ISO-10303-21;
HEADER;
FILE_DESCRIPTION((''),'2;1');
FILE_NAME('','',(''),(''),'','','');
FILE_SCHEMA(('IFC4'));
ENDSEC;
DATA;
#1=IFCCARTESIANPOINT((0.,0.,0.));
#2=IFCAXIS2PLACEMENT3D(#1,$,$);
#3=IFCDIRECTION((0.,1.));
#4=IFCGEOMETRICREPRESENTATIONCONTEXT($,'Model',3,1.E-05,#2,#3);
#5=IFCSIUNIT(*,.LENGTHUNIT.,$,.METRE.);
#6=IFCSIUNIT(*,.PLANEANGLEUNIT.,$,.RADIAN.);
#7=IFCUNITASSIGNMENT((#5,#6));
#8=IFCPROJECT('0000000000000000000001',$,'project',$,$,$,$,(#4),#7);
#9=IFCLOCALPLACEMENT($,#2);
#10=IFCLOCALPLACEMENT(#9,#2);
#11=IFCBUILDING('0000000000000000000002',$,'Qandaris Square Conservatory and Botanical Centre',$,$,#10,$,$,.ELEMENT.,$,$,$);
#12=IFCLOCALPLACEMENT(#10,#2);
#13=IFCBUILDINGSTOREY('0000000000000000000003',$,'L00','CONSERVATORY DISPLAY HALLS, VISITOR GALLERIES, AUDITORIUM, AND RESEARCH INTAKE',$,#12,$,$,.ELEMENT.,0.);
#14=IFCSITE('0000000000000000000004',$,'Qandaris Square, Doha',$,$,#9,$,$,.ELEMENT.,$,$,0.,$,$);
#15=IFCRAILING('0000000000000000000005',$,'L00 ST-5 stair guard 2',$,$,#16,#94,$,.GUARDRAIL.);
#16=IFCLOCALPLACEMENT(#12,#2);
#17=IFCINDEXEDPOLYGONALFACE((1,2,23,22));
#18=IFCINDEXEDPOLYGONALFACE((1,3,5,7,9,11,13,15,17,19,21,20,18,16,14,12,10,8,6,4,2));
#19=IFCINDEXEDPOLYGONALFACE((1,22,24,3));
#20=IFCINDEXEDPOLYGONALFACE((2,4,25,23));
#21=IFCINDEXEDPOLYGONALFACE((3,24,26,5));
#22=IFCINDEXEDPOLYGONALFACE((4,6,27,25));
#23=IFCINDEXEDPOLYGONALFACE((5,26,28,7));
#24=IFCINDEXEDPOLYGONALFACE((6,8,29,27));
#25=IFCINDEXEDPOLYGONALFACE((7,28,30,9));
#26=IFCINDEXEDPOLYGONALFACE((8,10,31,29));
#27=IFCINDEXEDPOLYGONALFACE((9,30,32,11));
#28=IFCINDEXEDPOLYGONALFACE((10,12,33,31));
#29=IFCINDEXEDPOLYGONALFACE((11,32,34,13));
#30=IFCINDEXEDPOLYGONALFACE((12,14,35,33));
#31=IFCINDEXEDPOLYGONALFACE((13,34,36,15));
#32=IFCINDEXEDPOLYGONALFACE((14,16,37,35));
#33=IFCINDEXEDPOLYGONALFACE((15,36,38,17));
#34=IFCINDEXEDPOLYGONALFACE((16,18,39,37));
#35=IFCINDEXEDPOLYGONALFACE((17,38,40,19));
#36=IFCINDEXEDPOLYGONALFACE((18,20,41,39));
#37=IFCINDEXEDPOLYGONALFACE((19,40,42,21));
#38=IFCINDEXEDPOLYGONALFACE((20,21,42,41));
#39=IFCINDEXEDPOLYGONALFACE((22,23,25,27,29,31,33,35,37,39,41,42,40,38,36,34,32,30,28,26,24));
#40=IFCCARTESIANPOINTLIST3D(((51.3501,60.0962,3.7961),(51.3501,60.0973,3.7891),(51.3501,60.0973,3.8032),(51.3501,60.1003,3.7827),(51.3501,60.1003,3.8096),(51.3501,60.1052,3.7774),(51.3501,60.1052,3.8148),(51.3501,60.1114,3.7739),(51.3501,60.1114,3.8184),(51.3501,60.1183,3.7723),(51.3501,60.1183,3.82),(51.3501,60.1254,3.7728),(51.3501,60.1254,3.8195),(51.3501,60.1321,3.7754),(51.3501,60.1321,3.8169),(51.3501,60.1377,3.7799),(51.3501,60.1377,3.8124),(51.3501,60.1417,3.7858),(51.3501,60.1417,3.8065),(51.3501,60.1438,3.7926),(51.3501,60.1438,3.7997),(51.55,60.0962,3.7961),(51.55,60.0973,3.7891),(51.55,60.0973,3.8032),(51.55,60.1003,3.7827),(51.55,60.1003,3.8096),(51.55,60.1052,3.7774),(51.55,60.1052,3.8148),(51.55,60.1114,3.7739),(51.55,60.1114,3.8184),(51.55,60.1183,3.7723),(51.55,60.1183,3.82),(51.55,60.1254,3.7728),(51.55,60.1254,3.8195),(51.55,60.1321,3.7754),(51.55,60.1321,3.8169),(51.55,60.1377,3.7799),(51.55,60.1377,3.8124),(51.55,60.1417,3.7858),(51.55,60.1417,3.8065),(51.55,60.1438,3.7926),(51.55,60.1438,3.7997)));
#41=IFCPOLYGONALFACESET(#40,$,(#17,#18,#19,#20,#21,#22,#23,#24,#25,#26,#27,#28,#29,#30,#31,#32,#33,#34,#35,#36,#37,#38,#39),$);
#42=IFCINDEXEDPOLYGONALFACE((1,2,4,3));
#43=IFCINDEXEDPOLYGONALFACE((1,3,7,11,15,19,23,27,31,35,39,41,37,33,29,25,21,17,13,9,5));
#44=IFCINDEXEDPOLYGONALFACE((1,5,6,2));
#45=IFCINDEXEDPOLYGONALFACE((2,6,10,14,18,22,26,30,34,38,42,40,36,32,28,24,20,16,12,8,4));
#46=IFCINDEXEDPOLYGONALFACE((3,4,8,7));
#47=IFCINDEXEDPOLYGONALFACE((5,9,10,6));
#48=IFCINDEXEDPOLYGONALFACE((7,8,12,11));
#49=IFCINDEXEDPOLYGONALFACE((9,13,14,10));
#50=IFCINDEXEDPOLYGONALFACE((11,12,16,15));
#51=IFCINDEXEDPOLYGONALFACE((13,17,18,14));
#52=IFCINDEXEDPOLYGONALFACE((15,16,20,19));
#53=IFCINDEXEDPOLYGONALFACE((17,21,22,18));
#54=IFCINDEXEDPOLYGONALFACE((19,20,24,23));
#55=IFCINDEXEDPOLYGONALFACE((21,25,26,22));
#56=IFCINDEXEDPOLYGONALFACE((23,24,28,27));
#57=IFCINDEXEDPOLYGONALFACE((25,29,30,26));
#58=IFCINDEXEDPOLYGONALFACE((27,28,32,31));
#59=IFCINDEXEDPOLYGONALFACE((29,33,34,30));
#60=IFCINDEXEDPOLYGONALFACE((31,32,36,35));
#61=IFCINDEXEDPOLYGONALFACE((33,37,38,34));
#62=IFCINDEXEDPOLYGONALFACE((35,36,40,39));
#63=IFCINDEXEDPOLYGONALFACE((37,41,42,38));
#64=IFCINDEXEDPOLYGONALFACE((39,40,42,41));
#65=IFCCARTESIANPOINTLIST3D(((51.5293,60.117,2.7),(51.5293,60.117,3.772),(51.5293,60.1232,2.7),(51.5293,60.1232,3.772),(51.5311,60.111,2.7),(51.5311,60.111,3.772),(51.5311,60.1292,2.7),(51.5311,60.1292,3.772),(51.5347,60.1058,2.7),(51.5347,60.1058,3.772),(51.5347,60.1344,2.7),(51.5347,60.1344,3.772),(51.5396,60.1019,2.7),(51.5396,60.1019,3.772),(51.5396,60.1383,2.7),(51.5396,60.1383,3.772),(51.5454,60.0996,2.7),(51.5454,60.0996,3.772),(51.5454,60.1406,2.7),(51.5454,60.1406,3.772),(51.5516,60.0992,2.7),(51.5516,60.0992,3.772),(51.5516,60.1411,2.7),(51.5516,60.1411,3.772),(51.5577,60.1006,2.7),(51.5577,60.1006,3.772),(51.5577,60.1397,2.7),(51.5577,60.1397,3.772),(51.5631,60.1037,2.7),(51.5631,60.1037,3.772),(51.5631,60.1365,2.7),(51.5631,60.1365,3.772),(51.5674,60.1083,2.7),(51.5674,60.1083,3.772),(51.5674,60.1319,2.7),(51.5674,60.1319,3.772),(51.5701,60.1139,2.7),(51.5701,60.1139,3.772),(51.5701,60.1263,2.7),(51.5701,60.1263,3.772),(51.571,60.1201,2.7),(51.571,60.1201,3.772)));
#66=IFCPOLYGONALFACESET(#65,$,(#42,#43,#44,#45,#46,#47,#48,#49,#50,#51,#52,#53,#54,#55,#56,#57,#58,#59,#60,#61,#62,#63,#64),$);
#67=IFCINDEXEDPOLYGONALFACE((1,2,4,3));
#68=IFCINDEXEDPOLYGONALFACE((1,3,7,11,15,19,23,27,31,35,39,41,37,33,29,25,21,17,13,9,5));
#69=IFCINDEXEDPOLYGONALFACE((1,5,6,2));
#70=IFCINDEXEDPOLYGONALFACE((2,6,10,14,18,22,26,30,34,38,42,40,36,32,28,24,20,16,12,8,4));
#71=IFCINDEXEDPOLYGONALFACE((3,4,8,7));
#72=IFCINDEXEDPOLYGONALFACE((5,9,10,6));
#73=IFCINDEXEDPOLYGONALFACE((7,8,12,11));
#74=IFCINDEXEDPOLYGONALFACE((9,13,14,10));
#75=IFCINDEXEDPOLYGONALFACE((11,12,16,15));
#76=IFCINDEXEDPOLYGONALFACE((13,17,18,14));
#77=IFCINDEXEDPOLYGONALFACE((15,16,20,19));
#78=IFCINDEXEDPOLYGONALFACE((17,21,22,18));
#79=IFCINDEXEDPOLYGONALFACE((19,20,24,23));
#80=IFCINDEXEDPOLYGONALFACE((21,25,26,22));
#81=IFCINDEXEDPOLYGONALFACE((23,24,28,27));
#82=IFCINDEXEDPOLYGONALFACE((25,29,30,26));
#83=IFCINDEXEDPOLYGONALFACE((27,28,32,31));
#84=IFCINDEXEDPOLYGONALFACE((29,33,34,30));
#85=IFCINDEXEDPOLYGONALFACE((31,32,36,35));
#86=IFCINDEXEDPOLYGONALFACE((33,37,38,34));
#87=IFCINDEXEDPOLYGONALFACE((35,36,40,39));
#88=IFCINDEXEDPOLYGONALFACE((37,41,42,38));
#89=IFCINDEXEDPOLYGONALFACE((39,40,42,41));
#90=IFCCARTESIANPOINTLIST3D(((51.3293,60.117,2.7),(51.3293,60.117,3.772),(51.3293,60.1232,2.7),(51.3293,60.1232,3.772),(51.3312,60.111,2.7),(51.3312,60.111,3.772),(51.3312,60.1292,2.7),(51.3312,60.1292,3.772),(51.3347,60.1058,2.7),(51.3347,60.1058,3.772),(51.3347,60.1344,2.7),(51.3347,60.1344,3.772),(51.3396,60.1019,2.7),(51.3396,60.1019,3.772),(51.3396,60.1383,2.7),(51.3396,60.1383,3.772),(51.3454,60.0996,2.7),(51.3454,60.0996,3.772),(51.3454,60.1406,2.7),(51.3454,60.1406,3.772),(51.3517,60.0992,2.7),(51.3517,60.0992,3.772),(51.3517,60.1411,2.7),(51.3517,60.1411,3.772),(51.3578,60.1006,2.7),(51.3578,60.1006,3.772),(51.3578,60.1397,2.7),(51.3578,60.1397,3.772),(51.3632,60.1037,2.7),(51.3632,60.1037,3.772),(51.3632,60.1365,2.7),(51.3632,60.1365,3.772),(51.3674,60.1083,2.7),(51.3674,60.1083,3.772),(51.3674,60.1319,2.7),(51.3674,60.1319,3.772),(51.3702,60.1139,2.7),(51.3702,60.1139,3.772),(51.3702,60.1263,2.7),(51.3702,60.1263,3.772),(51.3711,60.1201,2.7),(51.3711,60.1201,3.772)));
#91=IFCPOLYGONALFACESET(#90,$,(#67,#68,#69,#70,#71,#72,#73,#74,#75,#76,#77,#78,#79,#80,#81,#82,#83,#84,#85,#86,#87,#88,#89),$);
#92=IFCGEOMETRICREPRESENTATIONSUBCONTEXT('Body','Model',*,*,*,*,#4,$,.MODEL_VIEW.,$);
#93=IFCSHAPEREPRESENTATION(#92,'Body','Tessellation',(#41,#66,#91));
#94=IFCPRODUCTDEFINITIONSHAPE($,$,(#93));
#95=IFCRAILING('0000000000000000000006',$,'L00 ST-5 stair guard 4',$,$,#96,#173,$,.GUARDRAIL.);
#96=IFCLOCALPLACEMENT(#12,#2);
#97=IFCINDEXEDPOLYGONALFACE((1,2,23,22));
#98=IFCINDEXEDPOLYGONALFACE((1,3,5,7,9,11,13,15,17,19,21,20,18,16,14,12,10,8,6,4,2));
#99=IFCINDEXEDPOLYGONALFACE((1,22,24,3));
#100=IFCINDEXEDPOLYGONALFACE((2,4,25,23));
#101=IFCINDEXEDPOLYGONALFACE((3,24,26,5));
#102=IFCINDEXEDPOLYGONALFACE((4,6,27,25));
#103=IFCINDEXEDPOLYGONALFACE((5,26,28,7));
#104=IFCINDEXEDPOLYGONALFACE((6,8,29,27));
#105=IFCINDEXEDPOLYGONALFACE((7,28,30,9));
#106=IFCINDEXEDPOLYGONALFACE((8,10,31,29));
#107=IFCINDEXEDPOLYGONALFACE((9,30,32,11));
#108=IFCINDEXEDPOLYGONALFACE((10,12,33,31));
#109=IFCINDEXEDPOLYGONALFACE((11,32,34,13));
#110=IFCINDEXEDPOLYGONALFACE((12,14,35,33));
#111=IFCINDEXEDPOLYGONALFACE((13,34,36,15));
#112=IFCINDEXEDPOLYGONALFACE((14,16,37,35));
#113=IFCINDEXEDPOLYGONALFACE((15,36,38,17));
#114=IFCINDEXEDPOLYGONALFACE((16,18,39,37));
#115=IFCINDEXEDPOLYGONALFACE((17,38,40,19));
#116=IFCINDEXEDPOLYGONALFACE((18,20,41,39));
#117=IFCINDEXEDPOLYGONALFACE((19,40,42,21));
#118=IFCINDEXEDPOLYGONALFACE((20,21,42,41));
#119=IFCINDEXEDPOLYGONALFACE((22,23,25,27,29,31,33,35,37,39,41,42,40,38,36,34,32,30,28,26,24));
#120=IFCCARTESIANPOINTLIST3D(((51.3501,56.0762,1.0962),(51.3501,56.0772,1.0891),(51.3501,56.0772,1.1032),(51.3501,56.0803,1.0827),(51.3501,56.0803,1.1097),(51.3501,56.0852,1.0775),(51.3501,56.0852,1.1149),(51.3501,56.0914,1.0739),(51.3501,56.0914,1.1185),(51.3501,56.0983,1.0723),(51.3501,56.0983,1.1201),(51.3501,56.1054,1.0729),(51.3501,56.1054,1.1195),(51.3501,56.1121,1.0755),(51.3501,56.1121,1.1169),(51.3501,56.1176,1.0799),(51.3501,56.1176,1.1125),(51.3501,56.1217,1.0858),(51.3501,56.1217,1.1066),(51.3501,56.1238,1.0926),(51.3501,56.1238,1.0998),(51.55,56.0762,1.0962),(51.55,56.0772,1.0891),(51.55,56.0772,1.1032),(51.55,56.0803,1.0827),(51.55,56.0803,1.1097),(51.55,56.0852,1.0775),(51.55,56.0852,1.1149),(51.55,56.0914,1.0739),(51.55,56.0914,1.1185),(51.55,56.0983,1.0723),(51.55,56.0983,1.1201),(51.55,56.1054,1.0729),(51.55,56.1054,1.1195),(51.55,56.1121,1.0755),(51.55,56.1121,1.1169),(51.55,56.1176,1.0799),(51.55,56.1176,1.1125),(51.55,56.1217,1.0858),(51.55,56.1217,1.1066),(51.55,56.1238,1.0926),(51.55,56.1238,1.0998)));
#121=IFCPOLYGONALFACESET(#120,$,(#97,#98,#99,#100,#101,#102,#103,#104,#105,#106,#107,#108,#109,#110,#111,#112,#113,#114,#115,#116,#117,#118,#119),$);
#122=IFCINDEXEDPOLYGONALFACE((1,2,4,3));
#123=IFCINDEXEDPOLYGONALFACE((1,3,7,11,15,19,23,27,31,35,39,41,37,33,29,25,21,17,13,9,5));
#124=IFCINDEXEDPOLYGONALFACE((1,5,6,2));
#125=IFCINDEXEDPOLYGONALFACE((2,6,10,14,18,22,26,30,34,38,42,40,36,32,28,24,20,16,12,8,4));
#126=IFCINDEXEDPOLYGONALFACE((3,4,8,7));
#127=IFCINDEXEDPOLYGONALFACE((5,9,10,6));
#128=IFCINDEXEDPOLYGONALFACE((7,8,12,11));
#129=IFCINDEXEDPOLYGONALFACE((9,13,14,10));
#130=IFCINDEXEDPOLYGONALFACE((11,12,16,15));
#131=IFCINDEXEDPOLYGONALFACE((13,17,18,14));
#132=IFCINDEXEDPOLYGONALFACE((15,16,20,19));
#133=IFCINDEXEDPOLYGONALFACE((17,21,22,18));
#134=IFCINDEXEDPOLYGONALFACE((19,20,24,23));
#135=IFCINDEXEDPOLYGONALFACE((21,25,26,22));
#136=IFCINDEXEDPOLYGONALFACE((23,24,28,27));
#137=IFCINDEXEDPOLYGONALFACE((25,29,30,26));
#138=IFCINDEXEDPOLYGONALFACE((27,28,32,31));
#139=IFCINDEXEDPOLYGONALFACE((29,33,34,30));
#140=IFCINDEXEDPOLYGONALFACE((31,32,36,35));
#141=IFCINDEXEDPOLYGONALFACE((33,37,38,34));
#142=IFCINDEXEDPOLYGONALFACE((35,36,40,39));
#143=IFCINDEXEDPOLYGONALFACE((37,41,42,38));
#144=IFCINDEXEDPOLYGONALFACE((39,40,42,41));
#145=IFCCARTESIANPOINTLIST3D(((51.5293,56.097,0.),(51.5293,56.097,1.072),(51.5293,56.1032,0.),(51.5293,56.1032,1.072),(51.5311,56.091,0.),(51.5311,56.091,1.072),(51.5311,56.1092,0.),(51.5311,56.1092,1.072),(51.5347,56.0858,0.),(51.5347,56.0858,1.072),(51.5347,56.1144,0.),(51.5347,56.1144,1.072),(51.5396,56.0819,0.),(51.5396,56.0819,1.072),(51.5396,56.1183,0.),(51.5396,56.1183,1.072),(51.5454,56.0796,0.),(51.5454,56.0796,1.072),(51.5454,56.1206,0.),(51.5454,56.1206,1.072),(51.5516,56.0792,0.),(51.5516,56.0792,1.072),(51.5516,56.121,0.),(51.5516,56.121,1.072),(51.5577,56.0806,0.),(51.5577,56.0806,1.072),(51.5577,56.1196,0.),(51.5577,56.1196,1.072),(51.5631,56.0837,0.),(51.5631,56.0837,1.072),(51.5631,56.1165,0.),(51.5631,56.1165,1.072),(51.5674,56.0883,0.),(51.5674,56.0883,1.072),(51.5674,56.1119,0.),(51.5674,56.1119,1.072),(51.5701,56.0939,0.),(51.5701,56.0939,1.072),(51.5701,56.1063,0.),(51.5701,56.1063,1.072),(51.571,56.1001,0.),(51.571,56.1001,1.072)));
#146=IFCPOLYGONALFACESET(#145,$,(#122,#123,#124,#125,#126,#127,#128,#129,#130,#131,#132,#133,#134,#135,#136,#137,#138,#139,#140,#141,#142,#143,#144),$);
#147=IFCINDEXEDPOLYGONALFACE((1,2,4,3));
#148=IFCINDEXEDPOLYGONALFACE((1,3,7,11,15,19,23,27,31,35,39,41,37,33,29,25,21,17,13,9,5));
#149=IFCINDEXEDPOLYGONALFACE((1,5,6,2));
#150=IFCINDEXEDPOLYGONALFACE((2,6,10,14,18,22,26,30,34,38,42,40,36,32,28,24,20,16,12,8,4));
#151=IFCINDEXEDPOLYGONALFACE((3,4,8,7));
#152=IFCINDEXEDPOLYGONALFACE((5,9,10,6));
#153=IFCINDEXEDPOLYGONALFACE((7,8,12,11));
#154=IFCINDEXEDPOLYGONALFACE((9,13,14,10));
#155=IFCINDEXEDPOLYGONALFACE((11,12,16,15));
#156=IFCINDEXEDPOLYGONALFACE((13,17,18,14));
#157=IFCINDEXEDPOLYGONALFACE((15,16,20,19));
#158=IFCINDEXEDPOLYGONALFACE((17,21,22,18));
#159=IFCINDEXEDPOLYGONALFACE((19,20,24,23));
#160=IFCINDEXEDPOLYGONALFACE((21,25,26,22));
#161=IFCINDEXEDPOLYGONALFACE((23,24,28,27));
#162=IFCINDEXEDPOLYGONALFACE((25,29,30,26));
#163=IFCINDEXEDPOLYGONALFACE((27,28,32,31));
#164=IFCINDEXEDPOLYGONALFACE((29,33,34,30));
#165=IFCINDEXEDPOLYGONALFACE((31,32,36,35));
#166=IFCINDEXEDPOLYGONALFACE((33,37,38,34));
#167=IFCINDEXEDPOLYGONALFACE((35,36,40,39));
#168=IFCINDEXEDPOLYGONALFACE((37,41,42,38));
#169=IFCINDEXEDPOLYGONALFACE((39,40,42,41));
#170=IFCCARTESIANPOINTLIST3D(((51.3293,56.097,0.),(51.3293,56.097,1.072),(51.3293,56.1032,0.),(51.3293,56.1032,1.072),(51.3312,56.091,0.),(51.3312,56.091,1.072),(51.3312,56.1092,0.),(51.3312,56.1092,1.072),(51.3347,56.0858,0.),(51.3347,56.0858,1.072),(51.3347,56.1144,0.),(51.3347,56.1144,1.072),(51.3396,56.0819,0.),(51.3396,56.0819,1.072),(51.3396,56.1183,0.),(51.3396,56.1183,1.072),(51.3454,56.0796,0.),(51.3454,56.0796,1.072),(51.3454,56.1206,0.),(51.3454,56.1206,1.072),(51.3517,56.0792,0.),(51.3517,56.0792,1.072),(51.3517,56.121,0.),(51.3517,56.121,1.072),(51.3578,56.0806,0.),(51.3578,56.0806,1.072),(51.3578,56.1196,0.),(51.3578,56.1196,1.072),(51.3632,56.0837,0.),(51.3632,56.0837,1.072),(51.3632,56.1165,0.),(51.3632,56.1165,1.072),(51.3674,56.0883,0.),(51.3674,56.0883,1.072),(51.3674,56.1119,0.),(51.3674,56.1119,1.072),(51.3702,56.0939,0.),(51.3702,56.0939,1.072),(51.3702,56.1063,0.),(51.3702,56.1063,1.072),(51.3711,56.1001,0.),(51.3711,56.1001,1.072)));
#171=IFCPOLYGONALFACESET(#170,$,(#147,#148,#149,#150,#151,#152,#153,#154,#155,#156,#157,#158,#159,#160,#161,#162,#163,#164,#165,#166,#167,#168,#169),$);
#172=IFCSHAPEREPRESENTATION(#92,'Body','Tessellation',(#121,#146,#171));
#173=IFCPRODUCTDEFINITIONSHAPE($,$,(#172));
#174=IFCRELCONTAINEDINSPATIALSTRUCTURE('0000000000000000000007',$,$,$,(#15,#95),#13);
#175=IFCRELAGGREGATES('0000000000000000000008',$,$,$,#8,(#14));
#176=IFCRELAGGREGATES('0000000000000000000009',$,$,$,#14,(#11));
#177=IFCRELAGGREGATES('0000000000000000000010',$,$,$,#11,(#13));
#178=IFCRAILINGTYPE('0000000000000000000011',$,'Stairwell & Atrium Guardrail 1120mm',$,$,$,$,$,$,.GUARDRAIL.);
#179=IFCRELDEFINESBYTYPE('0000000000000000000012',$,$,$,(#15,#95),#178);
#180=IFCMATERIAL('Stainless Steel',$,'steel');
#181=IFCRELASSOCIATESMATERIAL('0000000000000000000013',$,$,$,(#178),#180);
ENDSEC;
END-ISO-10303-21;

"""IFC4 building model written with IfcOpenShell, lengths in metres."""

from ifc_helpers import new_model, si_unit, direction, frame, origin, origin_2d, place, context, subcontext, project, spatial, circle, extrude, material, type_object, element, save


model = new_model("IFC4")

# Units and contexts
model_context = context("Model", 3, precision=1e-05, world=origin(), true_north=direction((0.0, 1.0)))
body_context = subcontext(model_context, "Body", "Model", "MODEL_VIEW")
ifc_project = project(units=[si_unit("LENGTHUNIT", "METRE"), si_unit("PLANEANGLEUNIT", "RADIAN")], contexts=[model_context])

# Site, building, storey
site_placement = place(None, origin())
site = spatial("IfcSite", under=ifc_project, at=site_placement, Name="Qandaris Square, Doha", CompositionType="ELEMENT", RefElevation=0.0)
building_placement = place(site_placement, origin())
building = spatial("IfcBuilding", under=site, at=building_placement, Name="Qandaris Square Conservatory and Botanical Centre", CompositionType="ELEMENT")
storey_placement = place(building_placement, origin())
storey = spatial("IfcBuildingStorey", under=building, at=storey_placement, Name="L00", Description="CONSERVATORY DISPLAY HALLS, VISITOR GALLERIES, AUDITORIUM, AND RESEARCH INTAKE", CompositionType="ELEMENT", Elevation=0.0)

# Railings
ifc_material_1 = material(Name="Stainless Steel", Category="steel")
railing_type_1 = type_object("IfcRailingType", Name="Stairwell & Atrium Guardrail 1120mm", PredefinedType="GUARDRAIL", material=ifc_material_1)
for number, where, name in (
    (1, (51.55, 60.1201, 2.7), "L00 ST-5 stair guard 2"),
    (2, (51.55, 56.1001, 0.0), "L00 ST-5 stair guard 4"),
):
    element("IfcRailing", number, at=place(storey_placement, frame(where)), inside=storey, type_object=railing_type_1, Name=name, PredefinedType="GUARDRAIL", context=body_context, shape_type="SweptSolid", body=[
        extrude(circle(Radius=0.0239, at=origin_2d()), frame((0.0, 0.0, 1.0962), z_axis=(-1.0, 0.0, 0.0), x_axis=(0.0, -1.0, 0.0)), (0.0, 0.0, 1.0), 0.2),
        extrude(circle(Radius=0.021, at=origin_2d()), origin(), (0.0, 0.0, 1.0), 1.072),
        extrude(circle(Radius=0.021, at=origin_2d()), frame((-0.2, 0.0, 0.0)), (0.0, 0.0, 1.0), 1.072),
    ])

save(model, "model.ifc")
